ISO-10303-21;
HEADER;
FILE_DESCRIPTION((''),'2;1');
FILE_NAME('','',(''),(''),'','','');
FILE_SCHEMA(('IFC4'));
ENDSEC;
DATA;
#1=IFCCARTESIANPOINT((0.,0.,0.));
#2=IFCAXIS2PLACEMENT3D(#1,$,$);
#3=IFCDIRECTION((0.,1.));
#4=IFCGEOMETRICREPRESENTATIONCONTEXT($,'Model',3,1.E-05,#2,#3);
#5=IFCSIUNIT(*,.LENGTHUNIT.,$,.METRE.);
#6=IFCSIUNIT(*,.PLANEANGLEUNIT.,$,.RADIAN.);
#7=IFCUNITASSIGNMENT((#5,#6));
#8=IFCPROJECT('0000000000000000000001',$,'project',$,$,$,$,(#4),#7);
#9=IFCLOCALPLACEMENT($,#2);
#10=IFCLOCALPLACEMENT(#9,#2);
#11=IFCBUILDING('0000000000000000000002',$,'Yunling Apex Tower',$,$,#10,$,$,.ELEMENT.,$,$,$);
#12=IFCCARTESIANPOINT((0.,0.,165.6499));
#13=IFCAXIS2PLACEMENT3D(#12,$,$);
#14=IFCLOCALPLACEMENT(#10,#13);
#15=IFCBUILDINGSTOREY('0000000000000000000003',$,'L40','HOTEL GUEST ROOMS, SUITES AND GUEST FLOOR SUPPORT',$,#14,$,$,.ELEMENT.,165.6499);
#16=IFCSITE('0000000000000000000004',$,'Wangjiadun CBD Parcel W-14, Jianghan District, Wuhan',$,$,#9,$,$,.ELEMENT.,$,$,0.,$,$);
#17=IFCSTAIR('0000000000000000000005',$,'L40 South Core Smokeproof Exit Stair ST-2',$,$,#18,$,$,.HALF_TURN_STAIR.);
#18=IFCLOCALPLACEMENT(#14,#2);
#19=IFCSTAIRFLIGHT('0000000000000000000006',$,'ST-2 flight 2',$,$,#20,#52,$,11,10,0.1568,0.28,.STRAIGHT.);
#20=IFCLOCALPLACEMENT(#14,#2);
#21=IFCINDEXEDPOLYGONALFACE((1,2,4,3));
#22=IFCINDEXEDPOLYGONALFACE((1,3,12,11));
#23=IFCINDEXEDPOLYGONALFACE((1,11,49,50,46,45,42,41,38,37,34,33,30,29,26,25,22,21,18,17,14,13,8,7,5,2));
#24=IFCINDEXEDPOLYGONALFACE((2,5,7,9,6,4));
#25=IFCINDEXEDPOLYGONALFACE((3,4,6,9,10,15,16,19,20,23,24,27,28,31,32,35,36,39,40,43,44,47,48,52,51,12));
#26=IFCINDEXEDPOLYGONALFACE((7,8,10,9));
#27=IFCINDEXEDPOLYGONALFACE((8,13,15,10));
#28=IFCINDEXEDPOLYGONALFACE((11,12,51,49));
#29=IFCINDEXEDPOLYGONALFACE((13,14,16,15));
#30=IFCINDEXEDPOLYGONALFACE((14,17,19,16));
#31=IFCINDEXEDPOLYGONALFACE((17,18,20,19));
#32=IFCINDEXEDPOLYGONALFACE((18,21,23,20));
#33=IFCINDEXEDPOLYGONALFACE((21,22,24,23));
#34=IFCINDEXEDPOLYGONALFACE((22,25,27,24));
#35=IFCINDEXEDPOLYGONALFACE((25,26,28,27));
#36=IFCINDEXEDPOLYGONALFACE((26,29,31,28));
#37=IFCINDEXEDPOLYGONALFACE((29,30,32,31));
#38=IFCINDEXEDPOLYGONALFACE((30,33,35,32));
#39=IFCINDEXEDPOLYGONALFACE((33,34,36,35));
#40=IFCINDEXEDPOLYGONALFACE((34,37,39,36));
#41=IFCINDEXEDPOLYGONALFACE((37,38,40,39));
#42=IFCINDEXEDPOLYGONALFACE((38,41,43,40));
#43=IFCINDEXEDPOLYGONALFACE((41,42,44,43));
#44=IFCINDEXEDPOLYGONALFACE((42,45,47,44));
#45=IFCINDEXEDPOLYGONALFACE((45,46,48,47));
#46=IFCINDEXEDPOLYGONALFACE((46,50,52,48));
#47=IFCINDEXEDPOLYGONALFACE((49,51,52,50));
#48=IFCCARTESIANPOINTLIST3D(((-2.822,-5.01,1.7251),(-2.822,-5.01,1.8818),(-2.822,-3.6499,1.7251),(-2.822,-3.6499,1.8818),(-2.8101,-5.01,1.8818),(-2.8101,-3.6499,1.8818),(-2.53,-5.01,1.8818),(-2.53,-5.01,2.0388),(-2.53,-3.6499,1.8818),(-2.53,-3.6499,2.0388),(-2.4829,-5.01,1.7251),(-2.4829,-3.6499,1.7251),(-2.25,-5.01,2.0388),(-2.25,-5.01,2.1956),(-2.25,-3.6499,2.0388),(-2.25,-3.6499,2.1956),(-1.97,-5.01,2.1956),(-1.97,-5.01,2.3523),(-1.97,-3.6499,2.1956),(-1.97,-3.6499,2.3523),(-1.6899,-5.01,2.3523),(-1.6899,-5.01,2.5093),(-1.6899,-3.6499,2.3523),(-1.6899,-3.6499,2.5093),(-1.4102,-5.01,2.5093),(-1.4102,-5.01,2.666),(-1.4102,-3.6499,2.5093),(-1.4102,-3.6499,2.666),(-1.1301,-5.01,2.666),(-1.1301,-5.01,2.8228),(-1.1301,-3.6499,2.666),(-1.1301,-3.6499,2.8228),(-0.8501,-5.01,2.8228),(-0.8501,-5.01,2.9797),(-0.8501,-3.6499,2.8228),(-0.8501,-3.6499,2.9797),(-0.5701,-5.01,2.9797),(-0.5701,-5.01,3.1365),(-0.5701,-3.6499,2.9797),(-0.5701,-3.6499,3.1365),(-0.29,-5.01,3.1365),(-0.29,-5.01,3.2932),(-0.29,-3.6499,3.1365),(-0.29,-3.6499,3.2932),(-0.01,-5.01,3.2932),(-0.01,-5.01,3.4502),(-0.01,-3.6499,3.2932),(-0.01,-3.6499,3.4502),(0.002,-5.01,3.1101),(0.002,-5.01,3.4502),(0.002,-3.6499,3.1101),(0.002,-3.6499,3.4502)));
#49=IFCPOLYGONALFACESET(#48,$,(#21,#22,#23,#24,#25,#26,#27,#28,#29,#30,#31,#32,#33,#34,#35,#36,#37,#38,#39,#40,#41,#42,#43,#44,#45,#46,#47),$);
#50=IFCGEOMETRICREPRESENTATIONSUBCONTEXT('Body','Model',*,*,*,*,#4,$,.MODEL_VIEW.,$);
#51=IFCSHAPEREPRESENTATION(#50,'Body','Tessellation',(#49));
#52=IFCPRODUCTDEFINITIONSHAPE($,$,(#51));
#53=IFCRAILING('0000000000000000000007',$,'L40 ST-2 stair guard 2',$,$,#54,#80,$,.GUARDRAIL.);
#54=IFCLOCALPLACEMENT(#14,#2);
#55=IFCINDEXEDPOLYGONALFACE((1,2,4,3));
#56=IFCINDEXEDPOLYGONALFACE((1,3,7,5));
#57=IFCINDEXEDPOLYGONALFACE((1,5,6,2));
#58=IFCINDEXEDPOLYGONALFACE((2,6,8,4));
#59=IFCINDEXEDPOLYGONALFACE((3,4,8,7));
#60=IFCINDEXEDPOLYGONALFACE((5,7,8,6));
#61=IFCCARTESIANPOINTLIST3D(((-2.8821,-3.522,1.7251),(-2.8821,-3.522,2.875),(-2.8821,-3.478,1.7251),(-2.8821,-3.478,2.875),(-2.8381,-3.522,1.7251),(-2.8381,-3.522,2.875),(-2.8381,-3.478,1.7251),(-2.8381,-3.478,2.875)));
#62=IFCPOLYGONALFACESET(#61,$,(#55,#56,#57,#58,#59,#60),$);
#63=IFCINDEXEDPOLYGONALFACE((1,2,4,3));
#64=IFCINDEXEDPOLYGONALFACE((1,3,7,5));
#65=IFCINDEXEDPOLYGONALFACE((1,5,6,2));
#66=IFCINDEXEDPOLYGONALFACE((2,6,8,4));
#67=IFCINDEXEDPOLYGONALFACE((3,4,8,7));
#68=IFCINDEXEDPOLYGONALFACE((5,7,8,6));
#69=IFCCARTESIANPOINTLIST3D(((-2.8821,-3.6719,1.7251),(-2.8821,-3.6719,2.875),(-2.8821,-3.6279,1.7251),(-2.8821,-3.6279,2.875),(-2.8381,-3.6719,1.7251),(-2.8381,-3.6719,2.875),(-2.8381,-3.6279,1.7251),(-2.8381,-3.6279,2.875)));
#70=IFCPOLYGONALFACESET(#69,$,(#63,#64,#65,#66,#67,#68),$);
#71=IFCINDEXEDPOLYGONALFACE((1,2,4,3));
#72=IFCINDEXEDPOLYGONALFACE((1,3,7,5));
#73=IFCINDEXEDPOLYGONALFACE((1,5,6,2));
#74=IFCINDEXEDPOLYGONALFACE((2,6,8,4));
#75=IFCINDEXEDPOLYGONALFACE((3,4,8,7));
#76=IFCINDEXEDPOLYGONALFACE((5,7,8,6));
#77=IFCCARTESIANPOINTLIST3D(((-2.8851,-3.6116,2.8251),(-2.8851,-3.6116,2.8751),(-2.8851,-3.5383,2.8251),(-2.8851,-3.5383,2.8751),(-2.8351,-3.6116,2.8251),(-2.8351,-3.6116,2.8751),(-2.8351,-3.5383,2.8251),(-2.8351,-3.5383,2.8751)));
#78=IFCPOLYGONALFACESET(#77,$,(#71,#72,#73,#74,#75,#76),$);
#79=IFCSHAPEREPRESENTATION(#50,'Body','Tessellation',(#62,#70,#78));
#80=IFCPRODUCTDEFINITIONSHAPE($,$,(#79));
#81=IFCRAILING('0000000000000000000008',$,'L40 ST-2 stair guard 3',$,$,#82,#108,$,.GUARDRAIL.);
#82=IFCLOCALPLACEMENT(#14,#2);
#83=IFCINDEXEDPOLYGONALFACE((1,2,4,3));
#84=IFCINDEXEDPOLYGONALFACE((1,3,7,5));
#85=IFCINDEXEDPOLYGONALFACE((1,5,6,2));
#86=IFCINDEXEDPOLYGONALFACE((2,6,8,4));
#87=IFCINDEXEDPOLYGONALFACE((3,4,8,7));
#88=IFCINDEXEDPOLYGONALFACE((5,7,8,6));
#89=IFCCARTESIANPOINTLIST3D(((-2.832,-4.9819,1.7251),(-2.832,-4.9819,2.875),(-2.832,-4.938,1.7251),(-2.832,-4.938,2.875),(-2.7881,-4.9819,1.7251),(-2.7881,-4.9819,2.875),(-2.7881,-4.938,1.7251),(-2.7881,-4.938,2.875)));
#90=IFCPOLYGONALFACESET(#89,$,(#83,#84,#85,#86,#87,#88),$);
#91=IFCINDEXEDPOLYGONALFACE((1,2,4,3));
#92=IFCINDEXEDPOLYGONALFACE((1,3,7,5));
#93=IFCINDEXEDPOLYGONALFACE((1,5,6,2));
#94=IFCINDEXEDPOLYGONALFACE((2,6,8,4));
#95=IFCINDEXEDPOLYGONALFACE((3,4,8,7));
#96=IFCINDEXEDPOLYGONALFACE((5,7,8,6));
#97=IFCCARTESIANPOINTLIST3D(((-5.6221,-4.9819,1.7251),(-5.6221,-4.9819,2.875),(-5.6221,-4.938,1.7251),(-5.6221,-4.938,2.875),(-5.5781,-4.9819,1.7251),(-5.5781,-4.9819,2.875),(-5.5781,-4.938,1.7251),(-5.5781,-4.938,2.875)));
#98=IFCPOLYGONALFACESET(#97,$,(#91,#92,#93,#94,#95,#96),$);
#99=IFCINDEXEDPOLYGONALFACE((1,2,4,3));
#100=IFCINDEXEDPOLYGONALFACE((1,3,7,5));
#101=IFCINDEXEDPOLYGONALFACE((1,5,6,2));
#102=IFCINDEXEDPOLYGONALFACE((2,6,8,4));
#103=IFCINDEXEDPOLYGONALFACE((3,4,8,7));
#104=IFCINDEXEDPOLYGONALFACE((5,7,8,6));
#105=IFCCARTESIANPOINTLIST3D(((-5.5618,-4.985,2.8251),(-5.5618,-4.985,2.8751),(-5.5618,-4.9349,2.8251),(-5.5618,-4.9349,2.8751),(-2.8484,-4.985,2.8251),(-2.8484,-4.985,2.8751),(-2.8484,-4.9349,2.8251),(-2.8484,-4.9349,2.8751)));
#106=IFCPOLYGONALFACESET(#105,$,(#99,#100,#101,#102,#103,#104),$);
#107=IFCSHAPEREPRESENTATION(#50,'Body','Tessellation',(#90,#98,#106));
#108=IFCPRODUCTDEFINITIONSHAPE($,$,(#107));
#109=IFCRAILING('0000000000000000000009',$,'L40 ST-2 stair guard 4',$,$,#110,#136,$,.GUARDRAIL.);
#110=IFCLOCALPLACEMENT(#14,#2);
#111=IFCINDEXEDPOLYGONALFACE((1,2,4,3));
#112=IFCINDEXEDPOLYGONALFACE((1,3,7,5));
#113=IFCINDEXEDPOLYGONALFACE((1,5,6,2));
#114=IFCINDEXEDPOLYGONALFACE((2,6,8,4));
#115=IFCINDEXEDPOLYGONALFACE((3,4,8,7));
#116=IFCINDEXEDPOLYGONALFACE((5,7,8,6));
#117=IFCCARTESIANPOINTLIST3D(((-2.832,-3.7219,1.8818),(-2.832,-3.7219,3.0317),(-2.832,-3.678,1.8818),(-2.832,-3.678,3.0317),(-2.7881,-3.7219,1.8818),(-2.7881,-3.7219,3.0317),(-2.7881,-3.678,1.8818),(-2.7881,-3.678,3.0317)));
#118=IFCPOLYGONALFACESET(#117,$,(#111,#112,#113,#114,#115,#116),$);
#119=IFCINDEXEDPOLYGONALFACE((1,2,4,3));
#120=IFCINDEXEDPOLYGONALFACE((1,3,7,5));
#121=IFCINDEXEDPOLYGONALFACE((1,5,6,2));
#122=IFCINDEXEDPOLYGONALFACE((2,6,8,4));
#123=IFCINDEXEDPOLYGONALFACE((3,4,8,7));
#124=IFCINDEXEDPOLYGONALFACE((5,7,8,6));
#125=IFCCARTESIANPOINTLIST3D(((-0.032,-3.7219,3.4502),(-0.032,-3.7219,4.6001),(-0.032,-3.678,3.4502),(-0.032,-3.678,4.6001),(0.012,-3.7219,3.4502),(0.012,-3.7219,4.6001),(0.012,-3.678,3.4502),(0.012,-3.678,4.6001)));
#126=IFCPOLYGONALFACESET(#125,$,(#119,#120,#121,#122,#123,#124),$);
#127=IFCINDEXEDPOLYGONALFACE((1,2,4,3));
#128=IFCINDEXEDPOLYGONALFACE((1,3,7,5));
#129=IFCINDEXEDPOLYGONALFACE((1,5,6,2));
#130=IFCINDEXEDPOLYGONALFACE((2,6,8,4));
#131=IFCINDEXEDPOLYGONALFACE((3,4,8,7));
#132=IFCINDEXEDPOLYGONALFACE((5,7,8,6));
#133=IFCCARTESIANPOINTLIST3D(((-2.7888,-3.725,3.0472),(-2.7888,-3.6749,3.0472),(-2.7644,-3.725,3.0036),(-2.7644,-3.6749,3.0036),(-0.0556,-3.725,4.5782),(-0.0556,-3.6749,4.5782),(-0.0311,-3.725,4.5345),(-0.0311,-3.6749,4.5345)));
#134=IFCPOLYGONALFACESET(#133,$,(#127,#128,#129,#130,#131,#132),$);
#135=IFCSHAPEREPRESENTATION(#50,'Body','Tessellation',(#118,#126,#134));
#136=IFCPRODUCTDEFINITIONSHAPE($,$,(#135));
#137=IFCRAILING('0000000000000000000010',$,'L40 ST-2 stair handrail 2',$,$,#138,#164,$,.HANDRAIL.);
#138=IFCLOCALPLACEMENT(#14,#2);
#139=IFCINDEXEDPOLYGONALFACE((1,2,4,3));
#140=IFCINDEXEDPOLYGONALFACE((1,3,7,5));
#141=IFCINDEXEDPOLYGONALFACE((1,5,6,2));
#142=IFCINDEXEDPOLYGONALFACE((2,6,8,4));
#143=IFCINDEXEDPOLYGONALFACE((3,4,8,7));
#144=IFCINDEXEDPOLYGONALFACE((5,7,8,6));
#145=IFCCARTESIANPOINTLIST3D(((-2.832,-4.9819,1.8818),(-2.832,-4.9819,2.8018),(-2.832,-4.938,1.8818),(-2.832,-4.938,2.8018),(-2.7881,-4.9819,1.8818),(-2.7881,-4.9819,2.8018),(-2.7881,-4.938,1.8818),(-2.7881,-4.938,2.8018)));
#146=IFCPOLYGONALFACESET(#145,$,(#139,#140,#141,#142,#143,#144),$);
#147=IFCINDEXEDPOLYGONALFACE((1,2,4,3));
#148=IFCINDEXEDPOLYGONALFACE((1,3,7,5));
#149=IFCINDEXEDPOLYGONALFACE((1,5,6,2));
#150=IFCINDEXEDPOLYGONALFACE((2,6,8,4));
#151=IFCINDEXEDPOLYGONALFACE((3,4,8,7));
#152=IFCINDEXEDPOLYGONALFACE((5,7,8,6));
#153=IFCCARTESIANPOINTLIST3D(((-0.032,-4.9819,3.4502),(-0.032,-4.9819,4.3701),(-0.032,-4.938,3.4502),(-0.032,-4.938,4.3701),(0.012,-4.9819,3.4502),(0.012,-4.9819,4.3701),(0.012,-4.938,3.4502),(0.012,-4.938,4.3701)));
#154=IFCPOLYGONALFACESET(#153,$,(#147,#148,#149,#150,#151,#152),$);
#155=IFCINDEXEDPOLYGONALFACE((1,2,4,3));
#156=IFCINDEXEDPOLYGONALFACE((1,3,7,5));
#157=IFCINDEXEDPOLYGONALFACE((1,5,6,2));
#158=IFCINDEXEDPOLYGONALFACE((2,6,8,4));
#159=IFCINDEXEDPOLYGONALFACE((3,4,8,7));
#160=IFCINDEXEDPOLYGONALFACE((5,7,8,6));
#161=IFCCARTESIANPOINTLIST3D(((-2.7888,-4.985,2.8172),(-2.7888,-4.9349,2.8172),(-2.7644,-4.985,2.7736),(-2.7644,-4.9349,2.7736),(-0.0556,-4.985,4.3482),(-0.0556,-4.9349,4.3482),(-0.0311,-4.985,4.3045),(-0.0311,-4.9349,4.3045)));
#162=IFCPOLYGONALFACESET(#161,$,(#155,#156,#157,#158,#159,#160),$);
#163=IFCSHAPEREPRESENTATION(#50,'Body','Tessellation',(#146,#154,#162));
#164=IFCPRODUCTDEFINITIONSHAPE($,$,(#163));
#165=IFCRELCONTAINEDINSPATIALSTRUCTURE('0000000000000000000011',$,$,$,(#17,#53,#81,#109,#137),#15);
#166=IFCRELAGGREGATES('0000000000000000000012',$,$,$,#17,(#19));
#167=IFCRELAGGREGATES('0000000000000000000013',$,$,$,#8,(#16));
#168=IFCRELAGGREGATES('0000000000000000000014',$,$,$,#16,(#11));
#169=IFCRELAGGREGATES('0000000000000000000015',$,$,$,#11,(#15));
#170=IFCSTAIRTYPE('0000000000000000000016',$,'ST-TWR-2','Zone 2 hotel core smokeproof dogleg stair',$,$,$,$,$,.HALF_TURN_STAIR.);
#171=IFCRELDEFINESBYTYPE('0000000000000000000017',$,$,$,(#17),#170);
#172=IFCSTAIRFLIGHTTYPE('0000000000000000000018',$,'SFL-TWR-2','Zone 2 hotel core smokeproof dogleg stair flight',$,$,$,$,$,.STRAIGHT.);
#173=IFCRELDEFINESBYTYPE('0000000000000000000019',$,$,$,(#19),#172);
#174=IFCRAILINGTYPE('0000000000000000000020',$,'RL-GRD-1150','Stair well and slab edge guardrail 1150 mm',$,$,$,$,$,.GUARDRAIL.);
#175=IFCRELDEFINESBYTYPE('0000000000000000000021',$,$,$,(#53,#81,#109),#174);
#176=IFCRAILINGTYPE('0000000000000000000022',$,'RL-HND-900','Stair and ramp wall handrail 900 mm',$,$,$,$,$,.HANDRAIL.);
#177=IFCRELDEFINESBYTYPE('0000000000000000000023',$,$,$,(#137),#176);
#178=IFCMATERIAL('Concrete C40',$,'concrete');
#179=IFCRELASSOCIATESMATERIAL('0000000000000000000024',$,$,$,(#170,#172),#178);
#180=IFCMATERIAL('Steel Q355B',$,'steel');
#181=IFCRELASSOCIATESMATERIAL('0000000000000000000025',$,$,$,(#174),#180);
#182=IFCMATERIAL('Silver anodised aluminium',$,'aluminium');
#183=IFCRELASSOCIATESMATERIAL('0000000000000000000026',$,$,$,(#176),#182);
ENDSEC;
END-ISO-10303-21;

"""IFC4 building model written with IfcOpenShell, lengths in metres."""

from ifc_helpers import new_model, si_unit, direction, frame, origin, origin_2d, place, context, subcontext, project, spatial, polyline, rectangle, outline, extrude, material, type_object, element, aggregate, save


model = new_model("IFC4")

# Units and contexts
model_context = context("Model", 3, precision=1e-05, world=origin(), true_north=direction((0.0, 1.0)))
body_context = subcontext(model_context, "Body", "Model", "MODEL_VIEW")
ifc_project = project(units=[si_unit("LENGTHUNIT", "METRE"), si_unit("PLANEANGLEUNIT", "RADIAN")], contexts=[model_context])

# Site, building, storey
site_placement = place(None, origin())
site = spatial("IfcSite", under=ifc_project, at=site_placement, Name="Wangjiadun CBD Parcel W-14, Jianghan District, Wuhan", CompositionType="ELEMENT", RefElevation=0.0)
building_placement = place(site_placement, origin())
building = spatial("IfcBuilding", under=site, at=building_placement, Name="Yunling Apex Tower", CompositionType="ELEMENT")
storey_placement = place(building_placement, frame((0.0, 0.0, 165.6499)))
storey = spatial("IfcBuildingStorey", under=building, at=storey_placement, Name="L40", Description="HOTEL GUEST ROOMS, SUITES AND GUEST FLOOR SUPPORT", CompositionType="ELEMENT", Elevation=165.6499)

# Shared definitions
ifc_material_1 = material(Name="Steel Q355B", Category="steel")

# Shared definitions
ifc_material_2 = material(Name="Concrete C40", Category="concrete")

# Shared definitions
ifc_material_3 = material(Name="Silver anodised aluminium", Category="aluminium")

# Stair, stair flight
stair_type = type_object("IfcStairType", Name="ST-TWR-2", Description="Zone 2 hotel core smokeproof dogleg stair", PredefinedType="HALF_TURN_STAIR", material=ifc_material_2)
stair_placement = place(storey_placement, origin())
stair = element("IfcStair", 1, at=stair_placement, inside=storey, type_object=stair_type, Name="L40 South Core Smokeproof Exit Stair ST-2", PredefinedType="HALF_TURN_STAIR")
stair_flight_type = type_object("IfcStairFlightType", Name="SFL-TWR-2", Description="Zone 2 hotel core smokeproof dogleg stair flight", PredefinedType="STRAIGHT", material=ifc_material_2)
stair_flight_placement = place(storey_placement, frame((-2.8101, -4.3301, 1.7251), z_axis=(0.0, 0.0, 1.0), x_axis=(1.0, 0.0, 0.0)))
stair_flight = element("IfcStairFlight", 2, at=stair_flight_placement, type_object=stair_flight_type, Name="ST-2 flight 2", NumberOfRisers=11, NumberOfTreads=10, PredefinedType="STRAIGHT", RiserHeight=0.1568, TreadLength=0.28, context=body_context, shape_type="SweptSolid", body=[
    extrude(outline(polyline([(-0.012, 0.0), (-0.012, 0.1567), (0.0, 0.1567), (0.28, 0.1567), (0.28, 0.3137), (0.5601, 0.3137), (0.5601, 0.4705), (0.8401, 0.4705), (0.8401, 0.6272), (1.1201, 0.6272), (1.1201, 0.7842), (1.3999, 0.7842), (1.3999, 0.9409), (1.6799, 0.9409), (1.6799, 1.0977), (1.96, 1.0977), (1.96, 1.2546), (2.24, 1.2546), (2.24, 1.4114), (2.52, 1.4114), (2.52, 1.5681), (2.8, 1.5681), (2.8, 1.7251), (2.812, 1.7251), (2.812, 1.385), (0.3271, 0.0), (-0.012, 0.0)])), frame((0.0, 0.6802, 0.0), z_axis=(0.0, -1.0, 0.0), x_axis=(1.0, 0.0, 0.0)), (0.0, 0.0, 1.0), 1.3601),
])
aggregate(stair, [stair_flight])

# Railings
railing_type_1 = type_object("IfcRailingType", Name="RL-GRD-1150", Description="Stair well and slab edge guardrail 1150 mm", PredefinedType="GUARDRAIL", material=ifc_material_1)
railing_1_placement = place(storey_placement, frame((-2.8601, -3.5, 1.7251)))
element("IfcRailing", 3, at=railing_1_placement, inside=storey, type_object=railing_type_1, Name="L40 ST-2 stair guard 2", PredefinedType="GUARDRAIL", context=body_context, shape_type="SweptSolid", body=[
    extrude(rectangle(XDim=0.0439, YDim=0.0439, at=origin_2d()), origin(), (0.0, 0.0, 1.0), 1.1499),
    extrude(rectangle(XDim=0.0439, YDim=0.0439, at=origin_2d()), frame((0.0, -0.1499, 0.0)), (0.0, 0.0, 1.0), 1.1499),
    extrude(rectangle(XDim=0.05, YDim=0.05, at=origin_2d()), frame((0.0, -0.0383, 1.125), z_axis=(0.0, -1.0, 0.0), x_axis=(1.0, 0.0, 0.0)), (0.0, 0.0, 1.0), 0.0732),
])
railing_2_placement = place(storey_placement, frame((-2.8101, -4.96, 1.7251)))
element("IfcRailing", 4, at=railing_2_placement, inside=storey, type_object=railing_type_1, Name="L40 ST-2 stair guard 3", PredefinedType="GUARDRAIL", context=body_context, shape_type="SweptSolid", body=[
    extrude(rectangle(XDim=0.0439, YDim=0.0439, at=origin_2d()), origin(), (0.0, 0.0, 1.0), 1.1499),
    extrude(rectangle(XDim=0.0439, YDim=0.0439, at=origin_2d()), frame((-2.79, 0.0, 0.0)), (0.0, 0.0, 1.0), 1.1499),
    extrude(rectangle(XDim=0.05, YDim=0.05, at=origin_2d()), frame((-0.0383, 0.0, 1.125), z_axis=(-1.0, 0.0, 0.0), x_axis=(0.0, -1.0, 0.0)), (0.0, 0.0, 1.0), 2.7134),
])
railing_3_placement = place(storey_placement, frame((-2.8101, -3.7, 1.8818)))
element("IfcRailing", 5, at=railing_3_placement, inside=storey, type_object=railing_type_1, Name="L40 ST-2 stair guard 4", PredefinedType="GUARDRAIL", context=body_context, shape_type="SweptSolid", body=[
    extrude(rectangle(XDim=0.0439, YDim=0.0439, at=origin_2d()), origin(), (0.0, 0.0, 1.0), 1.1499),
    extrude(rectangle(XDim=0.0439, YDim=0.0439, at=origin_2d()), frame((2.8, 0.0, 1.5684)), (0.0, 0.0, 1.0), 1.1499),
    extrude(rectangle(XDim=0.05, YDim=0.05, at=origin_2d()), frame((0.0334, 0.0, 1.1436), z_axis=(0.872462, 0.0, 0.488682), x_axis=(0.0, 1.0, 0.0)), (0.0, 0.0, 1.0), 3.1328),
])
railing_type_2 = type_object("IfcRailingType", Name="RL-HND-900", Description="Stair and ramp wall handrail 900 mm", PredefinedType="HANDRAIL", material=ifc_material_3)
railing_4_placement = place(storey_placement, frame((-2.8101, -4.96, 1.8818)))
element("IfcRailing", 6, at=railing_4_placement, inside=storey, type_object=railing_type_2, Name="L40 ST-2 stair handrail 2", PredefinedType="HANDRAIL", context=body_context, shape_type="SweptSolid", body=[
    extrude(rectangle(XDim=0.0439, YDim=0.0439, at=origin_2d()), origin(), (0.0, 0.0, 1.0), 0.9199),
    extrude(rectangle(XDim=0.0439, YDim=0.0439, at=origin_2d()), frame((2.8, 0.0, 1.5684)), (0.0, 0.0, 1.0), 0.9199),
    extrude(rectangle(XDim=0.05, YDim=0.05, at=origin_2d()), frame((0.0334, 0.0, 0.9136), z_axis=(0.872462, 0.0, 0.488682), x_axis=(0.0, 1.0, 0.0)), (0.0, 0.0, 1.0), 3.1328),
])

save(model, "model.ifc")
